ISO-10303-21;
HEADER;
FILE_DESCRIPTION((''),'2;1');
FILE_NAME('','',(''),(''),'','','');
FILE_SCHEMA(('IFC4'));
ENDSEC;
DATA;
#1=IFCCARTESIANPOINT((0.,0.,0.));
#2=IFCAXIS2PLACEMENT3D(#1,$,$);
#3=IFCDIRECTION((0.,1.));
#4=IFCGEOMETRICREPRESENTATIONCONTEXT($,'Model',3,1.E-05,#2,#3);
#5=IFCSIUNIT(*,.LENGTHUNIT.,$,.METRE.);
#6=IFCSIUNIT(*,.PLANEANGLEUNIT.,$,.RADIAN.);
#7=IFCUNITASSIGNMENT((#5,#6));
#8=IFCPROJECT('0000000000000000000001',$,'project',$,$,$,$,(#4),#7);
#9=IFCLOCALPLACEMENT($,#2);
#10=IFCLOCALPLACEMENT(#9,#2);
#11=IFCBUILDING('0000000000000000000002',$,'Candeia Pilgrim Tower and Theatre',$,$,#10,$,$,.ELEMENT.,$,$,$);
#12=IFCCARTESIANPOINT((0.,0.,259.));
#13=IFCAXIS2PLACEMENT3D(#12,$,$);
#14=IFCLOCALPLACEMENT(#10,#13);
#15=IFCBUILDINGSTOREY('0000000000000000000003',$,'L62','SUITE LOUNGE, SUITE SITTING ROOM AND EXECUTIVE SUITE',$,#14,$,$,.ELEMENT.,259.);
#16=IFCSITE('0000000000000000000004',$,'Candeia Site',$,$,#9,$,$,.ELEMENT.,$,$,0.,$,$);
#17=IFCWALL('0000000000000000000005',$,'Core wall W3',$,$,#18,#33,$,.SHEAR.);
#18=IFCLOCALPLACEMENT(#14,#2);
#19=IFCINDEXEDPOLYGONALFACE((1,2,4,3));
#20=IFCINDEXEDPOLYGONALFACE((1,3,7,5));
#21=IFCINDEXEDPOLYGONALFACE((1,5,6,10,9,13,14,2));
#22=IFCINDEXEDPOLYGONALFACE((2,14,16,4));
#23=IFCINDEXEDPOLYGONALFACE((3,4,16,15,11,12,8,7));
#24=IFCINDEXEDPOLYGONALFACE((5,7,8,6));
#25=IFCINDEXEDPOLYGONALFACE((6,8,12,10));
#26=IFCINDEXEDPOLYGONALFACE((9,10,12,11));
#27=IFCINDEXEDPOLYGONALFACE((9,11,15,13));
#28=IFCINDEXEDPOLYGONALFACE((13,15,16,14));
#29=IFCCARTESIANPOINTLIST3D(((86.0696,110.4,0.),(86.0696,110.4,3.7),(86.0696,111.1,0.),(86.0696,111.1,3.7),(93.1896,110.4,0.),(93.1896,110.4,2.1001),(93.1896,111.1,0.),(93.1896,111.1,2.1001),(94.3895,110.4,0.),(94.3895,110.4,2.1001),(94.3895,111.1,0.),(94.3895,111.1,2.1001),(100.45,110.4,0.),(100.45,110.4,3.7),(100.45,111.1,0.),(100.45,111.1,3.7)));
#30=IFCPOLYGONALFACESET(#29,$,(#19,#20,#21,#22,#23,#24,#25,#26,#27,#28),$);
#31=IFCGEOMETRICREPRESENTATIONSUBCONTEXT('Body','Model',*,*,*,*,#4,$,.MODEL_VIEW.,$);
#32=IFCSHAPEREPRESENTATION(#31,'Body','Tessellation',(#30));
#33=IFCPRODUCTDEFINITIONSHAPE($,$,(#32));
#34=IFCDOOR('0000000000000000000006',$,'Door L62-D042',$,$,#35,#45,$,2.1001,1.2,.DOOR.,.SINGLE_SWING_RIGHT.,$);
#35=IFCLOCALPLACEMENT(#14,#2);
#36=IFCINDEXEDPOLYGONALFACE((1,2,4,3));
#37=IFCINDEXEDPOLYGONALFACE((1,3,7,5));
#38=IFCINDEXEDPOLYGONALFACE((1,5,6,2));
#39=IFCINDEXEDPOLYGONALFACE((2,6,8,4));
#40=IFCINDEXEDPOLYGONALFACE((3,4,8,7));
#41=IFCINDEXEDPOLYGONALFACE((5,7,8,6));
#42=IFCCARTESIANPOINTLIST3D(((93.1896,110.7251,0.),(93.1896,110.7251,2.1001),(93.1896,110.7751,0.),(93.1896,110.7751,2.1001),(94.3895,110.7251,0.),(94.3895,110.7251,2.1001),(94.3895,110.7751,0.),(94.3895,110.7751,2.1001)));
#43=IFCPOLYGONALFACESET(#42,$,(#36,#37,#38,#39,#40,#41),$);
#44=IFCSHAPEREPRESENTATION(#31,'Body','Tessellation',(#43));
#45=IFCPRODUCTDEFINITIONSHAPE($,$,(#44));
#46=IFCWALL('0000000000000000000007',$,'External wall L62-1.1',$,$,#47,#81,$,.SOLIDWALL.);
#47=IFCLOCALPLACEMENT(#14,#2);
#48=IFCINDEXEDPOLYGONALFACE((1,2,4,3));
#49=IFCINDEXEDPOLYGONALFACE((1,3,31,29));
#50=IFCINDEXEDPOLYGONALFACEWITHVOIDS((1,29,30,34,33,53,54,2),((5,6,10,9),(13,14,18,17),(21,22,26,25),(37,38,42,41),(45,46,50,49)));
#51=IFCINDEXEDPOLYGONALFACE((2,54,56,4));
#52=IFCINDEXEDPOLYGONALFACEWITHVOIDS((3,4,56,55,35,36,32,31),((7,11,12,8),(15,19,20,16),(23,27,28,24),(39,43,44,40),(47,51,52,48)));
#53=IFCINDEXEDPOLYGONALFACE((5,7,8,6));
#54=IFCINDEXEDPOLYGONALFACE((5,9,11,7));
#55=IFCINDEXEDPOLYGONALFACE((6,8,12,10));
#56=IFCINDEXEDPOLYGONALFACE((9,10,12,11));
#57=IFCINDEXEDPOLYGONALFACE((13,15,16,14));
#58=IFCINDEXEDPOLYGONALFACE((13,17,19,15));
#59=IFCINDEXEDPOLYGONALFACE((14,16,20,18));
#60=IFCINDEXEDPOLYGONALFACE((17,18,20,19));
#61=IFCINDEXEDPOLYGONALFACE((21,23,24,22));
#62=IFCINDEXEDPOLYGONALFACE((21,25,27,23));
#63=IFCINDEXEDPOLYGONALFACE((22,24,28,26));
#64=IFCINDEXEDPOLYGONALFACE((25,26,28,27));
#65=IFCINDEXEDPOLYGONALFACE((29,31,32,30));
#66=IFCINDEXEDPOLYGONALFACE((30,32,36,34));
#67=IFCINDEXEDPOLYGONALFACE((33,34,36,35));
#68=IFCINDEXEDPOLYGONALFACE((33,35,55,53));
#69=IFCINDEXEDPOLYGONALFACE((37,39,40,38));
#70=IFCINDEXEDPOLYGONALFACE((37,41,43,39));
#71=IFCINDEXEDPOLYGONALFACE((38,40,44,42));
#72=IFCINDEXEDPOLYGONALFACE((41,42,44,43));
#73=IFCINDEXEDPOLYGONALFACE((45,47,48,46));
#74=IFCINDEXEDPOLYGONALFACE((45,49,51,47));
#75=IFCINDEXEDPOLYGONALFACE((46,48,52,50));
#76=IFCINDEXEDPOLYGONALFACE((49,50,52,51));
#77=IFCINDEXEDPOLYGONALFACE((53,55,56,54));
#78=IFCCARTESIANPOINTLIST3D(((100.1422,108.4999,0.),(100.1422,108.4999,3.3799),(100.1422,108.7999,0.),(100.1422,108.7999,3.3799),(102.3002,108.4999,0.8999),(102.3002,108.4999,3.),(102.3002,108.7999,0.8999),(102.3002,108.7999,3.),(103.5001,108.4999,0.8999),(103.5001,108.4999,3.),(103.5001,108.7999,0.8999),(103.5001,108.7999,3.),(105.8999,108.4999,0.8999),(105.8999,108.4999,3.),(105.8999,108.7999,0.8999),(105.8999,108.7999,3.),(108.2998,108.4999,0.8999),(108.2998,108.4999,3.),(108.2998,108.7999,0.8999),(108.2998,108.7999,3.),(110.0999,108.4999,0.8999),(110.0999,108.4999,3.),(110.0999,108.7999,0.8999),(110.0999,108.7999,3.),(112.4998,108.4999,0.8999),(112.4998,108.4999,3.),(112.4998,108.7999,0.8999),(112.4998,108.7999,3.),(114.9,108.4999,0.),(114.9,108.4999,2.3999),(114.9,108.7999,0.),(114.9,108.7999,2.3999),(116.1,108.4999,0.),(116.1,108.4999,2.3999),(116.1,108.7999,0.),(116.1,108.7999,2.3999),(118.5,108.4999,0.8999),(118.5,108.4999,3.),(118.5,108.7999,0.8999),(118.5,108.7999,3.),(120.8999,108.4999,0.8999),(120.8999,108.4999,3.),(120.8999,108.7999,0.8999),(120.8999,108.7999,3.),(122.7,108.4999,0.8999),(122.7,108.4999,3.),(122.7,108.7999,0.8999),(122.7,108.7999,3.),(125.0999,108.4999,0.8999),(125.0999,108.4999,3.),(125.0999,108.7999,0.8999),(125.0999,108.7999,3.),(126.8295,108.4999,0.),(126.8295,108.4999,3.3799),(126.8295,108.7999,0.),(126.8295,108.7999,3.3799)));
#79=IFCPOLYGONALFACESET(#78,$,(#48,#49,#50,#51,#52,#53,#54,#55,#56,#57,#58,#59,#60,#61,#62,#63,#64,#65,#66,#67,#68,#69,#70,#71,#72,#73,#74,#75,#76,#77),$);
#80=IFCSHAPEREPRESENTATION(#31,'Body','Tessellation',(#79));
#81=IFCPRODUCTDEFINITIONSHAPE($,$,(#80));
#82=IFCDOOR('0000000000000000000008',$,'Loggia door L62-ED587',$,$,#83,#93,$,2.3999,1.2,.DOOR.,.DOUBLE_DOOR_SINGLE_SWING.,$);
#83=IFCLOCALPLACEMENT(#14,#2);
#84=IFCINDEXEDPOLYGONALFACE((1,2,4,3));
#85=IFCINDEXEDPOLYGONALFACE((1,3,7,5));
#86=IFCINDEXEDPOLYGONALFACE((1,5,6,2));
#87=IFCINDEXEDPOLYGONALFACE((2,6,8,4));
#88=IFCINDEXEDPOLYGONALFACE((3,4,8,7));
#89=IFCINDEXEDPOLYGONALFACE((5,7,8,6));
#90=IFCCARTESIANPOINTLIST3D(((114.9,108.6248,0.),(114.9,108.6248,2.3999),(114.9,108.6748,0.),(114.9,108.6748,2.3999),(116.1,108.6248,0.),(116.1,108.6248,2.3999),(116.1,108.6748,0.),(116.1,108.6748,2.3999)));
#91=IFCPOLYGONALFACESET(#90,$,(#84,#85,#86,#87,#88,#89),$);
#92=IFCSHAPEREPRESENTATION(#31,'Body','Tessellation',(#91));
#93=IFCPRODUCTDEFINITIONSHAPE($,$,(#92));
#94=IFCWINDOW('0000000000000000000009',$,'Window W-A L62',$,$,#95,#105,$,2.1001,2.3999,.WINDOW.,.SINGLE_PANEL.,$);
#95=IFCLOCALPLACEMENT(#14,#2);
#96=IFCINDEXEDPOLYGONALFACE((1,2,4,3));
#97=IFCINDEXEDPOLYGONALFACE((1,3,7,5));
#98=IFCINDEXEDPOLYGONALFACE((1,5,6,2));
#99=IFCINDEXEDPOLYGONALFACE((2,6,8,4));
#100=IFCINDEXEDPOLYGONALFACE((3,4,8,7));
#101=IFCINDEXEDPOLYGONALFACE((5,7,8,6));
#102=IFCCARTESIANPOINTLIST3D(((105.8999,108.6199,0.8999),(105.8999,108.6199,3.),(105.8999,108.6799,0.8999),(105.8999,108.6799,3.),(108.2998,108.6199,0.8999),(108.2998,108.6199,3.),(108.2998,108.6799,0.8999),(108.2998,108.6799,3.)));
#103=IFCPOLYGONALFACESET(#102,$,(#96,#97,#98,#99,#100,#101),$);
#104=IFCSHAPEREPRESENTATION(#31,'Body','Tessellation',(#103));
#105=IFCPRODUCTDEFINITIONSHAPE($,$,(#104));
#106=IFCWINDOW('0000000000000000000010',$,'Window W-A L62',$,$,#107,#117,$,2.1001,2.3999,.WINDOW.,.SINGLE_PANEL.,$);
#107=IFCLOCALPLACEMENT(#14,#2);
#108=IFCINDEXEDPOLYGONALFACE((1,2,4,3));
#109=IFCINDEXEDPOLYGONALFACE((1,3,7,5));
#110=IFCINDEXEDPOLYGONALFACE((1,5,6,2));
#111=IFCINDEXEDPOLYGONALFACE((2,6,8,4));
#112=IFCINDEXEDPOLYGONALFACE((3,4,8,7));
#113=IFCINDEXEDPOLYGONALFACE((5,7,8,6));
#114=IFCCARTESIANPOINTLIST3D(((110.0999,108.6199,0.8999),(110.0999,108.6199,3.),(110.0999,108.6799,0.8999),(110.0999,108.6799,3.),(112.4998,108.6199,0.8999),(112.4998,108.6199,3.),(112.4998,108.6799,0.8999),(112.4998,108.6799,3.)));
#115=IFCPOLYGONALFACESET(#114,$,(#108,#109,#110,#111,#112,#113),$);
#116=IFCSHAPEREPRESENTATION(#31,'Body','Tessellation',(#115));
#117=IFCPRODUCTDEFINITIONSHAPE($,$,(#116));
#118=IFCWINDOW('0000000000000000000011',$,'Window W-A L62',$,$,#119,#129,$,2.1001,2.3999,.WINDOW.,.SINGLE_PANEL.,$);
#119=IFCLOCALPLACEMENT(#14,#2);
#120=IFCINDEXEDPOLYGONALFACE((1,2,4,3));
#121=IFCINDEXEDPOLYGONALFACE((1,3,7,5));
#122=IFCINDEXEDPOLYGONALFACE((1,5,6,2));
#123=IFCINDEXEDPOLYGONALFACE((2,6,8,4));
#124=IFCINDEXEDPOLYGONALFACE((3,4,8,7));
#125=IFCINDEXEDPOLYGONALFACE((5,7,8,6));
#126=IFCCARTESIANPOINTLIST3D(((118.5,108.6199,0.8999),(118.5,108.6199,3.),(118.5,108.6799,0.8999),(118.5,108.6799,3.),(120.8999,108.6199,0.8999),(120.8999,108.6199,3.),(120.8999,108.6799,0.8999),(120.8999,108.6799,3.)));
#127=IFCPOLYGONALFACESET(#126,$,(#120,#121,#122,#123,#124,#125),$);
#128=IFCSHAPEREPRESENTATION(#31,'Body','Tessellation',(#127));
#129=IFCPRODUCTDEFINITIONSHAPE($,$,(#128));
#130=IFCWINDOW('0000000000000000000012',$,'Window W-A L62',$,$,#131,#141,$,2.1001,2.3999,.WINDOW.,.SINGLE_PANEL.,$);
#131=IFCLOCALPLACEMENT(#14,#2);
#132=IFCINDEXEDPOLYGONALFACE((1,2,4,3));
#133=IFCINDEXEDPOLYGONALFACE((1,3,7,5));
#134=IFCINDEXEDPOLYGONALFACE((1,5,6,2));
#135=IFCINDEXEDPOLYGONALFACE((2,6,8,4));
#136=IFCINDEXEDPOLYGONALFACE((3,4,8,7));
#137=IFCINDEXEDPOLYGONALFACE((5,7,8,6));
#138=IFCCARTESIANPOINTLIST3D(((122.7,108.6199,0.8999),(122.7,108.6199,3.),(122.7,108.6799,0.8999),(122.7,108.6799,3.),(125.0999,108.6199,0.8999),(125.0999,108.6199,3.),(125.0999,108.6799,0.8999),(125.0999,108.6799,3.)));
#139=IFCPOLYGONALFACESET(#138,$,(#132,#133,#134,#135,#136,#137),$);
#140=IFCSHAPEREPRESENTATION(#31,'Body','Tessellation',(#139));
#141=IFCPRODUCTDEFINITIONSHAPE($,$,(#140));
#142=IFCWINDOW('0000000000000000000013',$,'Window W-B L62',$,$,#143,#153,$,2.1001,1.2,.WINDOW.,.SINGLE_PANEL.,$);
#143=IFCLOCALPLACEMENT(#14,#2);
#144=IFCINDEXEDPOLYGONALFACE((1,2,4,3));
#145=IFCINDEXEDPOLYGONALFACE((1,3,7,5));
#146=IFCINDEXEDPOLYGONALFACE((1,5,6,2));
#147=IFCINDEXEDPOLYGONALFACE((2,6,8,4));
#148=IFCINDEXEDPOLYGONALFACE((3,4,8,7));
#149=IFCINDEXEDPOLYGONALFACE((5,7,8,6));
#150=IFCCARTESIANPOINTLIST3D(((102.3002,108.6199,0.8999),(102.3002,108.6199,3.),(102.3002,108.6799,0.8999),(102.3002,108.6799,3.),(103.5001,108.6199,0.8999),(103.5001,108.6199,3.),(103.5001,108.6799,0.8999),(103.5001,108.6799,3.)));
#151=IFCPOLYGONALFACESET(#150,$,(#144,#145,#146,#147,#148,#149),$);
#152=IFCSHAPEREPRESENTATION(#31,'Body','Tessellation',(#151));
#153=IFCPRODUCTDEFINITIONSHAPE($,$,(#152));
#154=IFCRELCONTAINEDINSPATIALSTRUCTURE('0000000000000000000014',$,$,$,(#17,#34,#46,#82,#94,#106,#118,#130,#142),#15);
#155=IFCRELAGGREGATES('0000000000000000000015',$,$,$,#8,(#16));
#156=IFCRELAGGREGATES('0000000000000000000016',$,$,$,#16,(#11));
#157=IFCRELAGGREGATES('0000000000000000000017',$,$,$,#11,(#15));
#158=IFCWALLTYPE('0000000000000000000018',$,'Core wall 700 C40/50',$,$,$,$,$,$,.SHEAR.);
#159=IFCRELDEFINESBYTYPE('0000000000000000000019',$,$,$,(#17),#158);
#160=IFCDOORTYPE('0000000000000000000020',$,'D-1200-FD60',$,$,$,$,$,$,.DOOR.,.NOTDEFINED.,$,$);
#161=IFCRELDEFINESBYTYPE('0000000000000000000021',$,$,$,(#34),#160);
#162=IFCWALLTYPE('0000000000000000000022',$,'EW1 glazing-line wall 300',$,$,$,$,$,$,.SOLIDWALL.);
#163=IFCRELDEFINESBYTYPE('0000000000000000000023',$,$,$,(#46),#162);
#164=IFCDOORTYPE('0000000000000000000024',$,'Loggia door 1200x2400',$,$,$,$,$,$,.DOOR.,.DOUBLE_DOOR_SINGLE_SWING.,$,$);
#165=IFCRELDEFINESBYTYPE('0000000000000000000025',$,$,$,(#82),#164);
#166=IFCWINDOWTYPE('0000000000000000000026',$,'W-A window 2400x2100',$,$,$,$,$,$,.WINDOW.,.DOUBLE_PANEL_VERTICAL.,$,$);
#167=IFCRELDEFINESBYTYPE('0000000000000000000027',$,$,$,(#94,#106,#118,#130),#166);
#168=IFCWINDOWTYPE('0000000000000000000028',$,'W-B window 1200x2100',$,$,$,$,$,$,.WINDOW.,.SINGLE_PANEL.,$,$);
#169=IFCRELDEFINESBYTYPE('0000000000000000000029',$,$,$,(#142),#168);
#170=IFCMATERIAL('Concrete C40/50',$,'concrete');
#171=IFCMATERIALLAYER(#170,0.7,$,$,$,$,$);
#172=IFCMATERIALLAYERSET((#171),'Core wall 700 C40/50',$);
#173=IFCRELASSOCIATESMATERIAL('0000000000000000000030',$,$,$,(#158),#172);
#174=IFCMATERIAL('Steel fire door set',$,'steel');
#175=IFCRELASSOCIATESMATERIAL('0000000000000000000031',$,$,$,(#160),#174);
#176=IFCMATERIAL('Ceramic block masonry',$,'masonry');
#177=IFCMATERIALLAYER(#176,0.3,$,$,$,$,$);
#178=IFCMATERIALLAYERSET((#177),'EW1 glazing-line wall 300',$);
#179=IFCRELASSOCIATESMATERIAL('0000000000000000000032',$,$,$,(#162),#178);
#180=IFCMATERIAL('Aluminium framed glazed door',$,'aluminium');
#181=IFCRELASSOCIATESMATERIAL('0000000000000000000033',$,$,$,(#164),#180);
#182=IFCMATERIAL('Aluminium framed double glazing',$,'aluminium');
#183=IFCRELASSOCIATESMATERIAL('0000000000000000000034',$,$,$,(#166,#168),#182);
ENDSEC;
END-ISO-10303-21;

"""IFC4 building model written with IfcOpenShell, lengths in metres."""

from ifc_helpers import new_model, si_unit, direction, frame, frame_2d, origin, place, context, subcontext, project, spatial, rectangle, extrude, material, layer, layer_set, type_object, element, fill, save


model = new_model("IFC4")

# Units and contexts
model_context = context("Model", 3, precision=1e-05, world=origin(), true_north=direction((0.0, 1.0)))
body_context = subcontext(model_context, "Body", "Model", "MODEL_VIEW")
ifc_project = project(units=[si_unit("LENGTHUNIT", "METRE"), si_unit("PLANEANGLEUNIT", "RADIAN")], contexts=[model_context])

# Site, building, storey
site_placement = place(None, origin())
site = spatial("IfcSite", under=ifc_project, at=site_placement, Name="Candeia Site", CompositionType="ELEMENT", RefElevation=0.0)
building_placement = place(site_placement, origin())
building = spatial("IfcBuilding", under=site, at=building_placement, Name="Candeia Pilgrim Tower and Theatre", CompositionType="ELEMENT")
storey_placement = place(building_placement, frame((0.0, 0.0, 259.0)))
storey = spatial("IfcBuildingStorey", under=building, at=storey_placement, Name="L62", Description="SUITE LOUNGE, SUITE SITTING ROOM AND EXECUTIVE SUITE", CompositionType="ELEMENT", Elevation=259.0)

# Wall, opening, door
ifc_material_1 = material(Name="Concrete C40/50", Category="concrete")
ifc_layer_1 = layer(ifc_material_1, 0.7)
ifc_layer_set_1 = layer_set([ifc_layer_1], Name="Core wall 700 C40/50")
wall_type_1 = type_object("IfcWallType", Name="Core wall 700 C40/50", PredefinedType="SHEAR", material=ifc_layer_set_1)
wall_1_placement = place(storey_placement, frame((100.45, 110.75, 0.0), z_axis=(0.0, 0.0, 1.0), x_axis=(-1.0, 0.0, 0.0)))
wall_1 = element("IfcWall", 1, at=wall_1_placement, inside=storey, type_object=wall_type_1, Name="Core wall W3", PredefinedType="SHEAR", context=body_context, shape_type="SweptSolid", body=[
    extrude(rectangle(XDim=14.3804, YDim=0.7, at=frame_2d((7.1902, 0.0))), origin(), (0.0, 0.0, 1.0), 3.7),
])
opening_1_placement = place(wall_1_placement, frame((6.0603, 0.0, 0.0)))
opening_1 = element("IfcOpeningElement", 2, at=opening_1_placement, cuts=wall_1, PredefinedType="OPENING", context=body_context, shape_type="SweptSolid", body=[
    extrude(rectangle(XDim=1.2, YDim=2.1001, at=frame_2d((0.6001, 1.05))), frame((0.0, 0.3599, 0.0), z_axis=(0.0, -1.0, 0.0), x_axis=(1.0, 0.0, 0.0)), (0.0, 0.0, 1.0), 0.72),
])
ifc_material_2 = material(Name="Steel fire door set", Category="steel")
door_type_1 = type_object("IfcDoorType", Name="D-1200-FD60", OperationType="NOTDEFINED", PredefinedType="DOOR", material=ifc_material_2)
door_1_placement = place(opening_1_placement, origin())
door_1 = element("IfcDoor", 3, at=door_1_placement, inside=storey, type_object=door_type_1, Name="Door L62-D042", OperationType="SINGLE_SWING_RIGHT", OverallHeight=2.1001, OverallWidth=1.2, PredefinedType="DOOR", context=body_context, shape_type="SweptSolid", body=[
    extrude(rectangle(XDim=1.2, YDim=2.1001, at=frame_2d((0.6001, 1.05))), frame((0.0, 0.0249, 0.0), z_axis=(0.0, -1.0, 0.0), x_axis=(1.0, 0.0, 0.0)), (0.0, 0.0, 1.0), 0.05),
])
fill(opening_1, door_1)

# Wall, openings, door, windows
ifc_material_3 = material(Name="Ceramic block masonry", Category="masonry")
ifc_layer_2 = layer(ifc_material_3, 0.3)
ifc_layer_set_2 = layer_set([ifc_layer_2], Name="EW1 glazing-line wall 300")
wall_type_2 = type_object("IfcWallType", Name="EW1 glazing-line wall 300", PredefinedType="SOLIDWALL", material=ifc_layer_set_2)
wall_2_placement = place(storey_placement, frame((100.1421, 108.6499, 0.0), z_axis=(0.0, 0.0, 1.0), x_axis=(1.0, 0.0, 0.0)))
wall_2 = element("IfcWall", 4, at=wall_2_placement, inside=storey, type_object=wall_type_2, Name="External wall L62-1.1", PredefinedType="SOLIDWALL", context=body_context, shape_type="SweptSolid", body=[
    extrude(rectangle(XDim=26.6873, YDim=0.3, at=frame_2d((13.3438, 0.0))), origin(), (0.0, 0.0, 1.0), 3.3799),
])
opening_2_placement = place(wall_2_placement, frame((2.158, 0.0, 0.8999)))
opening_2 = element("IfcOpeningElement", 5, at=opening_2_placement, cuts=wall_2, PredefinedType="OPENING", context=body_context, shape_type="SweptSolid", body=[
    extrude(rectangle(XDim=1.2, YDim=2.1001, at=frame_2d((0.6001, 1.05))), frame((0.0, 0.1602, 0.0), z_axis=(0.0, -1.0, 0.0), x_axis=(1.0, 0.0, 0.0)), (0.0, 0.0, 1.0), 0.3201),
])
opening_3_placement = place(wall_2_placement, frame((5.7578, 0.0, 0.8999)))
opening_3 = element("IfcOpeningElement", 6, at=opening_3_placement, cuts=wall_2, PredefinedType="OPENING", context=body_context, shape_type="SweptSolid", body=[
    extrude(rectangle(XDim=2.3999, YDim=2.1001, at=frame_2d((1.2, 1.05))), frame((0.0, 0.1602, 0.0), z_axis=(0.0, -1.0, 0.0), x_axis=(1.0, 0.0, 0.0)), (0.0, 0.0, 1.0), 0.3201),
])
opening_4_placement = place(wall_2_placement, frame((9.9578, 0.0, 0.8999)))
opening_4 = element("IfcOpeningElement", 7, at=opening_4_placement, cuts=wall_2, PredefinedType="OPENING", context=body_context, shape_type="SweptSolid", body=[
    extrude(rectangle(XDim=2.3999, YDim=2.1001, at=frame_2d((1.2, 1.05))), frame((0.0, 0.1602, 0.0), z_axis=(0.0, -1.0, 0.0), x_axis=(1.0, 0.0, 0.0)), (0.0, 0.0, 1.0), 0.3201),
])
opening_5_placement = place(wall_2_placement, frame((14.7578, 0.0, 0.0)))
opening_5 = element("IfcOpeningElement", 8, at=opening_5_placement, cuts=wall_2, PredefinedType="OPENING", context=body_context, shape_type="SweptSolid", body=[
    extrude(rectangle(XDim=1.2, YDim=2.3999, at=frame_2d((0.6001, 1.2))), frame((0.0, 0.1602, 0.0), z_axis=(0.0, -1.0, 0.0), x_axis=(1.0, 0.0, 0.0)), (0.0, 0.0, 1.0), 0.3201),
])
opening_6_placement = place(wall_2_placement, frame((18.3579, 0.0, 0.8999)))
opening_6 = element("IfcOpeningElement", 9, at=opening_6_placement, cuts=wall_2, PredefinedType="OPENING", context=body_context, shape_type="SweptSolid", body=[
    extrude(rectangle(XDim=2.3999, YDim=2.1001, at=frame_2d((1.2, 1.05))), frame((0.0, 0.1602, 0.0), z_axis=(0.0, -1.0, 0.0), x_axis=(1.0, 0.0, 0.0)), (0.0, 0.0, 1.0), 0.3201),
])
opening_7_placement = place(wall_2_placement, frame((22.5579, 0.0, 0.8999)))
opening_7 = element("IfcOpeningElement", 10, at=opening_7_placement, cuts=wall_2, PredefinedType="OPENING", context=body_context, shape_type="SweptSolid", body=[
    extrude(rectangle(XDim=2.3999, YDim=2.1001, at=frame_2d((1.2, 1.05))), frame((0.0, 0.1602, 0.0), z_axis=(0.0, -1.0, 0.0), x_axis=(1.0, 0.0, 0.0)), (0.0, 0.0, 1.0), 0.3201),
])
ifc_material_4 = material(Name="Aluminium framed glazed door", Category="aluminium")
door_type_2 = type_object("IfcDoorType", Name="Loggia door 1200x2400", OperationType="DOUBLE_DOOR_SINGLE_SWING", PredefinedType="DOOR", material=ifc_material_4)
door_2_placement = place(opening_5_placement, origin())
door_2 = element("IfcDoor", 11, at=door_2_placement, inside=storey, type_object=door_type_2, Name="Loggia door L62-ED587", OperationType="DOUBLE_DOOR_SINGLE_SWING", OverallHeight=2.3999, OverallWidth=1.2, PredefinedType="DOOR", context=body_context, shape_type="SweptSolid", body=[
    extrude(rectangle(XDim=1.2, YDim=2.3999, at=frame_2d((0.6001, 1.2))), frame((0.0, 0.0249, 0.0), z_axis=(0.0, -1.0, 0.0), x_axis=(1.0, 0.0, 0.0)), (0.0, 0.0, 1.0), 0.05),
])
fill(opening_5, door_2)
ifc_material_5 = material(Name="Aluminium framed double glazing", Category="aluminium")
window_type_1 = type_object("IfcWindowType", Name="W-A window 2400x2100", PartitioningType="DOUBLE_PANEL_VERTICAL", PredefinedType="WINDOW", material=ifc_material_5)
window_1_placement = place(opening_3_placement, origin())
window_1 = element("IfcWindow", 12, at=window_1_placement, inside=storey, type_object=window_type_1, Name="Window W-A L62", OverallHeight=2.1001, OverallWidth=2.3999, PartitioningType="SINGLE_PANEL", PredefinedType="WINDOW", context=body_context, shape_type="SweptSolid", body=[
    extrude(rectangle(XDim=2.3999, YDim=2.1001, at=frame_2d((1.2, 1.05))), frame((0.0, 0.03, 0.0), z_axis=(0.0, -1.0, 0.0), x_axis=(1.0, 0.0, 0.0)), (0.0, 0.0, 1.0), 0.0601),
])
fill(opening_3, window_1)
window_2_placement = place(opening_4_placement, origin())
window_2 = element("IfcWindow", 13, at=window_2_placement, inside=storey, type_object=window_type_1, Name="Window W-A L62", OverallHeight=2.1001, OverallWidth=2.3999, PartitioningType="SINGLE_PANEL", PredefinedType="WINDOW", context=body_context, shape_type="SweptSolid", body=[
    extrude(rectangle(XDim=2.3999, YDim=2.1001, at=frame_2d((1.2, 1.05))), frame((0.0, 0.03, 0.0), z_axis=(0.0, -1.0, 0.0), x_axis=(1.0, 0.0, 0.0)), (0.0, 0.0, 1.0), 0.0601),
])
fill(opening_4, window_2)
window_3_placement = place(opening_6_placement, origin())
window_3 = element("IfcWindow", 14, at=window_3_placement, inside=storey, type_object=window_type_1, Name="Window W-A L62", OverallHeight=2.1001, OverallWidth=2.3999, PartitioningType="SINGLE_PANEL", PredefinedType="WINDOW", context=body_context, shape_type="SweptSolid", body=[
    extrude(rectangle(XDim=2.3999, YDim=2.1001, at=frame_2d((1.2, 1.05))), frame((0.0, 0.03, 0.0), z_axis=(0.0, -1.0, 0.0), x_axis=(1.0, 0.0, 0.0)), (0.0, 0.0, 1.0), 0.0601),
])
fill(opening_6, window_3)
window_4_placement = place(opening_7_placement, origin())
window_4 = element("IfcWindow", 15, at=window_4_placement, inside=storey, type_object=window_type_1, Name="Window W-A L62", OverallHeight=2.1001, OverallWidth=2.3999, PartitioningType="SINGLE_PANEL", PredefinedType="WINDOW", context=body_context, shape_type="SweptSolid", body=[
    extrude(rectangle(XDim=2.3999, YDim=2.1001, at=frame_2d((1.2, 1.05))), frame((0.0, 0.03, 0.0), z_axis=(0.0, -1.0, 0.0), x_axis=(1.0, 0.0, 0.0)), (0.0, 0.0, 1.0), 0.0601),
])
fill(opening_7, window_4)
window_type_2 = type_object("IfcWindowType", Name="W-B window 1200x2100", PartitioningType="SINGLE_PANEL", PredefinedType="WINDOW", material=ifc_material_5)
window_5_placement = place(opening_2_placement, origin())
window_5 = element("IfcWindow", 16, at=window_5_placement, inside=storey, type_object=window_type_2, Name="Window W-B L62", OverallHeight=2.1001, OverallWidth=1.2, PartitioningType="SINGLE_PANEL", PredefinedType="WINDOW", context=body_context, shape_type="SweptSolid", body=[
    extrude(rectangle(XDim=1.2, YDim=2.1001, at=frame_2d((0.6001, 1.05))), frame((0.0, 0.03, 0.0), z_axis=(0.0, -1.0, 0.0), x_axis=(1.0, 0.0, 0.0)), (0.0, 0.0, 1.0), 0.0601),
])
fill(opening_2, window_5)

save(model, "model.ifc")
